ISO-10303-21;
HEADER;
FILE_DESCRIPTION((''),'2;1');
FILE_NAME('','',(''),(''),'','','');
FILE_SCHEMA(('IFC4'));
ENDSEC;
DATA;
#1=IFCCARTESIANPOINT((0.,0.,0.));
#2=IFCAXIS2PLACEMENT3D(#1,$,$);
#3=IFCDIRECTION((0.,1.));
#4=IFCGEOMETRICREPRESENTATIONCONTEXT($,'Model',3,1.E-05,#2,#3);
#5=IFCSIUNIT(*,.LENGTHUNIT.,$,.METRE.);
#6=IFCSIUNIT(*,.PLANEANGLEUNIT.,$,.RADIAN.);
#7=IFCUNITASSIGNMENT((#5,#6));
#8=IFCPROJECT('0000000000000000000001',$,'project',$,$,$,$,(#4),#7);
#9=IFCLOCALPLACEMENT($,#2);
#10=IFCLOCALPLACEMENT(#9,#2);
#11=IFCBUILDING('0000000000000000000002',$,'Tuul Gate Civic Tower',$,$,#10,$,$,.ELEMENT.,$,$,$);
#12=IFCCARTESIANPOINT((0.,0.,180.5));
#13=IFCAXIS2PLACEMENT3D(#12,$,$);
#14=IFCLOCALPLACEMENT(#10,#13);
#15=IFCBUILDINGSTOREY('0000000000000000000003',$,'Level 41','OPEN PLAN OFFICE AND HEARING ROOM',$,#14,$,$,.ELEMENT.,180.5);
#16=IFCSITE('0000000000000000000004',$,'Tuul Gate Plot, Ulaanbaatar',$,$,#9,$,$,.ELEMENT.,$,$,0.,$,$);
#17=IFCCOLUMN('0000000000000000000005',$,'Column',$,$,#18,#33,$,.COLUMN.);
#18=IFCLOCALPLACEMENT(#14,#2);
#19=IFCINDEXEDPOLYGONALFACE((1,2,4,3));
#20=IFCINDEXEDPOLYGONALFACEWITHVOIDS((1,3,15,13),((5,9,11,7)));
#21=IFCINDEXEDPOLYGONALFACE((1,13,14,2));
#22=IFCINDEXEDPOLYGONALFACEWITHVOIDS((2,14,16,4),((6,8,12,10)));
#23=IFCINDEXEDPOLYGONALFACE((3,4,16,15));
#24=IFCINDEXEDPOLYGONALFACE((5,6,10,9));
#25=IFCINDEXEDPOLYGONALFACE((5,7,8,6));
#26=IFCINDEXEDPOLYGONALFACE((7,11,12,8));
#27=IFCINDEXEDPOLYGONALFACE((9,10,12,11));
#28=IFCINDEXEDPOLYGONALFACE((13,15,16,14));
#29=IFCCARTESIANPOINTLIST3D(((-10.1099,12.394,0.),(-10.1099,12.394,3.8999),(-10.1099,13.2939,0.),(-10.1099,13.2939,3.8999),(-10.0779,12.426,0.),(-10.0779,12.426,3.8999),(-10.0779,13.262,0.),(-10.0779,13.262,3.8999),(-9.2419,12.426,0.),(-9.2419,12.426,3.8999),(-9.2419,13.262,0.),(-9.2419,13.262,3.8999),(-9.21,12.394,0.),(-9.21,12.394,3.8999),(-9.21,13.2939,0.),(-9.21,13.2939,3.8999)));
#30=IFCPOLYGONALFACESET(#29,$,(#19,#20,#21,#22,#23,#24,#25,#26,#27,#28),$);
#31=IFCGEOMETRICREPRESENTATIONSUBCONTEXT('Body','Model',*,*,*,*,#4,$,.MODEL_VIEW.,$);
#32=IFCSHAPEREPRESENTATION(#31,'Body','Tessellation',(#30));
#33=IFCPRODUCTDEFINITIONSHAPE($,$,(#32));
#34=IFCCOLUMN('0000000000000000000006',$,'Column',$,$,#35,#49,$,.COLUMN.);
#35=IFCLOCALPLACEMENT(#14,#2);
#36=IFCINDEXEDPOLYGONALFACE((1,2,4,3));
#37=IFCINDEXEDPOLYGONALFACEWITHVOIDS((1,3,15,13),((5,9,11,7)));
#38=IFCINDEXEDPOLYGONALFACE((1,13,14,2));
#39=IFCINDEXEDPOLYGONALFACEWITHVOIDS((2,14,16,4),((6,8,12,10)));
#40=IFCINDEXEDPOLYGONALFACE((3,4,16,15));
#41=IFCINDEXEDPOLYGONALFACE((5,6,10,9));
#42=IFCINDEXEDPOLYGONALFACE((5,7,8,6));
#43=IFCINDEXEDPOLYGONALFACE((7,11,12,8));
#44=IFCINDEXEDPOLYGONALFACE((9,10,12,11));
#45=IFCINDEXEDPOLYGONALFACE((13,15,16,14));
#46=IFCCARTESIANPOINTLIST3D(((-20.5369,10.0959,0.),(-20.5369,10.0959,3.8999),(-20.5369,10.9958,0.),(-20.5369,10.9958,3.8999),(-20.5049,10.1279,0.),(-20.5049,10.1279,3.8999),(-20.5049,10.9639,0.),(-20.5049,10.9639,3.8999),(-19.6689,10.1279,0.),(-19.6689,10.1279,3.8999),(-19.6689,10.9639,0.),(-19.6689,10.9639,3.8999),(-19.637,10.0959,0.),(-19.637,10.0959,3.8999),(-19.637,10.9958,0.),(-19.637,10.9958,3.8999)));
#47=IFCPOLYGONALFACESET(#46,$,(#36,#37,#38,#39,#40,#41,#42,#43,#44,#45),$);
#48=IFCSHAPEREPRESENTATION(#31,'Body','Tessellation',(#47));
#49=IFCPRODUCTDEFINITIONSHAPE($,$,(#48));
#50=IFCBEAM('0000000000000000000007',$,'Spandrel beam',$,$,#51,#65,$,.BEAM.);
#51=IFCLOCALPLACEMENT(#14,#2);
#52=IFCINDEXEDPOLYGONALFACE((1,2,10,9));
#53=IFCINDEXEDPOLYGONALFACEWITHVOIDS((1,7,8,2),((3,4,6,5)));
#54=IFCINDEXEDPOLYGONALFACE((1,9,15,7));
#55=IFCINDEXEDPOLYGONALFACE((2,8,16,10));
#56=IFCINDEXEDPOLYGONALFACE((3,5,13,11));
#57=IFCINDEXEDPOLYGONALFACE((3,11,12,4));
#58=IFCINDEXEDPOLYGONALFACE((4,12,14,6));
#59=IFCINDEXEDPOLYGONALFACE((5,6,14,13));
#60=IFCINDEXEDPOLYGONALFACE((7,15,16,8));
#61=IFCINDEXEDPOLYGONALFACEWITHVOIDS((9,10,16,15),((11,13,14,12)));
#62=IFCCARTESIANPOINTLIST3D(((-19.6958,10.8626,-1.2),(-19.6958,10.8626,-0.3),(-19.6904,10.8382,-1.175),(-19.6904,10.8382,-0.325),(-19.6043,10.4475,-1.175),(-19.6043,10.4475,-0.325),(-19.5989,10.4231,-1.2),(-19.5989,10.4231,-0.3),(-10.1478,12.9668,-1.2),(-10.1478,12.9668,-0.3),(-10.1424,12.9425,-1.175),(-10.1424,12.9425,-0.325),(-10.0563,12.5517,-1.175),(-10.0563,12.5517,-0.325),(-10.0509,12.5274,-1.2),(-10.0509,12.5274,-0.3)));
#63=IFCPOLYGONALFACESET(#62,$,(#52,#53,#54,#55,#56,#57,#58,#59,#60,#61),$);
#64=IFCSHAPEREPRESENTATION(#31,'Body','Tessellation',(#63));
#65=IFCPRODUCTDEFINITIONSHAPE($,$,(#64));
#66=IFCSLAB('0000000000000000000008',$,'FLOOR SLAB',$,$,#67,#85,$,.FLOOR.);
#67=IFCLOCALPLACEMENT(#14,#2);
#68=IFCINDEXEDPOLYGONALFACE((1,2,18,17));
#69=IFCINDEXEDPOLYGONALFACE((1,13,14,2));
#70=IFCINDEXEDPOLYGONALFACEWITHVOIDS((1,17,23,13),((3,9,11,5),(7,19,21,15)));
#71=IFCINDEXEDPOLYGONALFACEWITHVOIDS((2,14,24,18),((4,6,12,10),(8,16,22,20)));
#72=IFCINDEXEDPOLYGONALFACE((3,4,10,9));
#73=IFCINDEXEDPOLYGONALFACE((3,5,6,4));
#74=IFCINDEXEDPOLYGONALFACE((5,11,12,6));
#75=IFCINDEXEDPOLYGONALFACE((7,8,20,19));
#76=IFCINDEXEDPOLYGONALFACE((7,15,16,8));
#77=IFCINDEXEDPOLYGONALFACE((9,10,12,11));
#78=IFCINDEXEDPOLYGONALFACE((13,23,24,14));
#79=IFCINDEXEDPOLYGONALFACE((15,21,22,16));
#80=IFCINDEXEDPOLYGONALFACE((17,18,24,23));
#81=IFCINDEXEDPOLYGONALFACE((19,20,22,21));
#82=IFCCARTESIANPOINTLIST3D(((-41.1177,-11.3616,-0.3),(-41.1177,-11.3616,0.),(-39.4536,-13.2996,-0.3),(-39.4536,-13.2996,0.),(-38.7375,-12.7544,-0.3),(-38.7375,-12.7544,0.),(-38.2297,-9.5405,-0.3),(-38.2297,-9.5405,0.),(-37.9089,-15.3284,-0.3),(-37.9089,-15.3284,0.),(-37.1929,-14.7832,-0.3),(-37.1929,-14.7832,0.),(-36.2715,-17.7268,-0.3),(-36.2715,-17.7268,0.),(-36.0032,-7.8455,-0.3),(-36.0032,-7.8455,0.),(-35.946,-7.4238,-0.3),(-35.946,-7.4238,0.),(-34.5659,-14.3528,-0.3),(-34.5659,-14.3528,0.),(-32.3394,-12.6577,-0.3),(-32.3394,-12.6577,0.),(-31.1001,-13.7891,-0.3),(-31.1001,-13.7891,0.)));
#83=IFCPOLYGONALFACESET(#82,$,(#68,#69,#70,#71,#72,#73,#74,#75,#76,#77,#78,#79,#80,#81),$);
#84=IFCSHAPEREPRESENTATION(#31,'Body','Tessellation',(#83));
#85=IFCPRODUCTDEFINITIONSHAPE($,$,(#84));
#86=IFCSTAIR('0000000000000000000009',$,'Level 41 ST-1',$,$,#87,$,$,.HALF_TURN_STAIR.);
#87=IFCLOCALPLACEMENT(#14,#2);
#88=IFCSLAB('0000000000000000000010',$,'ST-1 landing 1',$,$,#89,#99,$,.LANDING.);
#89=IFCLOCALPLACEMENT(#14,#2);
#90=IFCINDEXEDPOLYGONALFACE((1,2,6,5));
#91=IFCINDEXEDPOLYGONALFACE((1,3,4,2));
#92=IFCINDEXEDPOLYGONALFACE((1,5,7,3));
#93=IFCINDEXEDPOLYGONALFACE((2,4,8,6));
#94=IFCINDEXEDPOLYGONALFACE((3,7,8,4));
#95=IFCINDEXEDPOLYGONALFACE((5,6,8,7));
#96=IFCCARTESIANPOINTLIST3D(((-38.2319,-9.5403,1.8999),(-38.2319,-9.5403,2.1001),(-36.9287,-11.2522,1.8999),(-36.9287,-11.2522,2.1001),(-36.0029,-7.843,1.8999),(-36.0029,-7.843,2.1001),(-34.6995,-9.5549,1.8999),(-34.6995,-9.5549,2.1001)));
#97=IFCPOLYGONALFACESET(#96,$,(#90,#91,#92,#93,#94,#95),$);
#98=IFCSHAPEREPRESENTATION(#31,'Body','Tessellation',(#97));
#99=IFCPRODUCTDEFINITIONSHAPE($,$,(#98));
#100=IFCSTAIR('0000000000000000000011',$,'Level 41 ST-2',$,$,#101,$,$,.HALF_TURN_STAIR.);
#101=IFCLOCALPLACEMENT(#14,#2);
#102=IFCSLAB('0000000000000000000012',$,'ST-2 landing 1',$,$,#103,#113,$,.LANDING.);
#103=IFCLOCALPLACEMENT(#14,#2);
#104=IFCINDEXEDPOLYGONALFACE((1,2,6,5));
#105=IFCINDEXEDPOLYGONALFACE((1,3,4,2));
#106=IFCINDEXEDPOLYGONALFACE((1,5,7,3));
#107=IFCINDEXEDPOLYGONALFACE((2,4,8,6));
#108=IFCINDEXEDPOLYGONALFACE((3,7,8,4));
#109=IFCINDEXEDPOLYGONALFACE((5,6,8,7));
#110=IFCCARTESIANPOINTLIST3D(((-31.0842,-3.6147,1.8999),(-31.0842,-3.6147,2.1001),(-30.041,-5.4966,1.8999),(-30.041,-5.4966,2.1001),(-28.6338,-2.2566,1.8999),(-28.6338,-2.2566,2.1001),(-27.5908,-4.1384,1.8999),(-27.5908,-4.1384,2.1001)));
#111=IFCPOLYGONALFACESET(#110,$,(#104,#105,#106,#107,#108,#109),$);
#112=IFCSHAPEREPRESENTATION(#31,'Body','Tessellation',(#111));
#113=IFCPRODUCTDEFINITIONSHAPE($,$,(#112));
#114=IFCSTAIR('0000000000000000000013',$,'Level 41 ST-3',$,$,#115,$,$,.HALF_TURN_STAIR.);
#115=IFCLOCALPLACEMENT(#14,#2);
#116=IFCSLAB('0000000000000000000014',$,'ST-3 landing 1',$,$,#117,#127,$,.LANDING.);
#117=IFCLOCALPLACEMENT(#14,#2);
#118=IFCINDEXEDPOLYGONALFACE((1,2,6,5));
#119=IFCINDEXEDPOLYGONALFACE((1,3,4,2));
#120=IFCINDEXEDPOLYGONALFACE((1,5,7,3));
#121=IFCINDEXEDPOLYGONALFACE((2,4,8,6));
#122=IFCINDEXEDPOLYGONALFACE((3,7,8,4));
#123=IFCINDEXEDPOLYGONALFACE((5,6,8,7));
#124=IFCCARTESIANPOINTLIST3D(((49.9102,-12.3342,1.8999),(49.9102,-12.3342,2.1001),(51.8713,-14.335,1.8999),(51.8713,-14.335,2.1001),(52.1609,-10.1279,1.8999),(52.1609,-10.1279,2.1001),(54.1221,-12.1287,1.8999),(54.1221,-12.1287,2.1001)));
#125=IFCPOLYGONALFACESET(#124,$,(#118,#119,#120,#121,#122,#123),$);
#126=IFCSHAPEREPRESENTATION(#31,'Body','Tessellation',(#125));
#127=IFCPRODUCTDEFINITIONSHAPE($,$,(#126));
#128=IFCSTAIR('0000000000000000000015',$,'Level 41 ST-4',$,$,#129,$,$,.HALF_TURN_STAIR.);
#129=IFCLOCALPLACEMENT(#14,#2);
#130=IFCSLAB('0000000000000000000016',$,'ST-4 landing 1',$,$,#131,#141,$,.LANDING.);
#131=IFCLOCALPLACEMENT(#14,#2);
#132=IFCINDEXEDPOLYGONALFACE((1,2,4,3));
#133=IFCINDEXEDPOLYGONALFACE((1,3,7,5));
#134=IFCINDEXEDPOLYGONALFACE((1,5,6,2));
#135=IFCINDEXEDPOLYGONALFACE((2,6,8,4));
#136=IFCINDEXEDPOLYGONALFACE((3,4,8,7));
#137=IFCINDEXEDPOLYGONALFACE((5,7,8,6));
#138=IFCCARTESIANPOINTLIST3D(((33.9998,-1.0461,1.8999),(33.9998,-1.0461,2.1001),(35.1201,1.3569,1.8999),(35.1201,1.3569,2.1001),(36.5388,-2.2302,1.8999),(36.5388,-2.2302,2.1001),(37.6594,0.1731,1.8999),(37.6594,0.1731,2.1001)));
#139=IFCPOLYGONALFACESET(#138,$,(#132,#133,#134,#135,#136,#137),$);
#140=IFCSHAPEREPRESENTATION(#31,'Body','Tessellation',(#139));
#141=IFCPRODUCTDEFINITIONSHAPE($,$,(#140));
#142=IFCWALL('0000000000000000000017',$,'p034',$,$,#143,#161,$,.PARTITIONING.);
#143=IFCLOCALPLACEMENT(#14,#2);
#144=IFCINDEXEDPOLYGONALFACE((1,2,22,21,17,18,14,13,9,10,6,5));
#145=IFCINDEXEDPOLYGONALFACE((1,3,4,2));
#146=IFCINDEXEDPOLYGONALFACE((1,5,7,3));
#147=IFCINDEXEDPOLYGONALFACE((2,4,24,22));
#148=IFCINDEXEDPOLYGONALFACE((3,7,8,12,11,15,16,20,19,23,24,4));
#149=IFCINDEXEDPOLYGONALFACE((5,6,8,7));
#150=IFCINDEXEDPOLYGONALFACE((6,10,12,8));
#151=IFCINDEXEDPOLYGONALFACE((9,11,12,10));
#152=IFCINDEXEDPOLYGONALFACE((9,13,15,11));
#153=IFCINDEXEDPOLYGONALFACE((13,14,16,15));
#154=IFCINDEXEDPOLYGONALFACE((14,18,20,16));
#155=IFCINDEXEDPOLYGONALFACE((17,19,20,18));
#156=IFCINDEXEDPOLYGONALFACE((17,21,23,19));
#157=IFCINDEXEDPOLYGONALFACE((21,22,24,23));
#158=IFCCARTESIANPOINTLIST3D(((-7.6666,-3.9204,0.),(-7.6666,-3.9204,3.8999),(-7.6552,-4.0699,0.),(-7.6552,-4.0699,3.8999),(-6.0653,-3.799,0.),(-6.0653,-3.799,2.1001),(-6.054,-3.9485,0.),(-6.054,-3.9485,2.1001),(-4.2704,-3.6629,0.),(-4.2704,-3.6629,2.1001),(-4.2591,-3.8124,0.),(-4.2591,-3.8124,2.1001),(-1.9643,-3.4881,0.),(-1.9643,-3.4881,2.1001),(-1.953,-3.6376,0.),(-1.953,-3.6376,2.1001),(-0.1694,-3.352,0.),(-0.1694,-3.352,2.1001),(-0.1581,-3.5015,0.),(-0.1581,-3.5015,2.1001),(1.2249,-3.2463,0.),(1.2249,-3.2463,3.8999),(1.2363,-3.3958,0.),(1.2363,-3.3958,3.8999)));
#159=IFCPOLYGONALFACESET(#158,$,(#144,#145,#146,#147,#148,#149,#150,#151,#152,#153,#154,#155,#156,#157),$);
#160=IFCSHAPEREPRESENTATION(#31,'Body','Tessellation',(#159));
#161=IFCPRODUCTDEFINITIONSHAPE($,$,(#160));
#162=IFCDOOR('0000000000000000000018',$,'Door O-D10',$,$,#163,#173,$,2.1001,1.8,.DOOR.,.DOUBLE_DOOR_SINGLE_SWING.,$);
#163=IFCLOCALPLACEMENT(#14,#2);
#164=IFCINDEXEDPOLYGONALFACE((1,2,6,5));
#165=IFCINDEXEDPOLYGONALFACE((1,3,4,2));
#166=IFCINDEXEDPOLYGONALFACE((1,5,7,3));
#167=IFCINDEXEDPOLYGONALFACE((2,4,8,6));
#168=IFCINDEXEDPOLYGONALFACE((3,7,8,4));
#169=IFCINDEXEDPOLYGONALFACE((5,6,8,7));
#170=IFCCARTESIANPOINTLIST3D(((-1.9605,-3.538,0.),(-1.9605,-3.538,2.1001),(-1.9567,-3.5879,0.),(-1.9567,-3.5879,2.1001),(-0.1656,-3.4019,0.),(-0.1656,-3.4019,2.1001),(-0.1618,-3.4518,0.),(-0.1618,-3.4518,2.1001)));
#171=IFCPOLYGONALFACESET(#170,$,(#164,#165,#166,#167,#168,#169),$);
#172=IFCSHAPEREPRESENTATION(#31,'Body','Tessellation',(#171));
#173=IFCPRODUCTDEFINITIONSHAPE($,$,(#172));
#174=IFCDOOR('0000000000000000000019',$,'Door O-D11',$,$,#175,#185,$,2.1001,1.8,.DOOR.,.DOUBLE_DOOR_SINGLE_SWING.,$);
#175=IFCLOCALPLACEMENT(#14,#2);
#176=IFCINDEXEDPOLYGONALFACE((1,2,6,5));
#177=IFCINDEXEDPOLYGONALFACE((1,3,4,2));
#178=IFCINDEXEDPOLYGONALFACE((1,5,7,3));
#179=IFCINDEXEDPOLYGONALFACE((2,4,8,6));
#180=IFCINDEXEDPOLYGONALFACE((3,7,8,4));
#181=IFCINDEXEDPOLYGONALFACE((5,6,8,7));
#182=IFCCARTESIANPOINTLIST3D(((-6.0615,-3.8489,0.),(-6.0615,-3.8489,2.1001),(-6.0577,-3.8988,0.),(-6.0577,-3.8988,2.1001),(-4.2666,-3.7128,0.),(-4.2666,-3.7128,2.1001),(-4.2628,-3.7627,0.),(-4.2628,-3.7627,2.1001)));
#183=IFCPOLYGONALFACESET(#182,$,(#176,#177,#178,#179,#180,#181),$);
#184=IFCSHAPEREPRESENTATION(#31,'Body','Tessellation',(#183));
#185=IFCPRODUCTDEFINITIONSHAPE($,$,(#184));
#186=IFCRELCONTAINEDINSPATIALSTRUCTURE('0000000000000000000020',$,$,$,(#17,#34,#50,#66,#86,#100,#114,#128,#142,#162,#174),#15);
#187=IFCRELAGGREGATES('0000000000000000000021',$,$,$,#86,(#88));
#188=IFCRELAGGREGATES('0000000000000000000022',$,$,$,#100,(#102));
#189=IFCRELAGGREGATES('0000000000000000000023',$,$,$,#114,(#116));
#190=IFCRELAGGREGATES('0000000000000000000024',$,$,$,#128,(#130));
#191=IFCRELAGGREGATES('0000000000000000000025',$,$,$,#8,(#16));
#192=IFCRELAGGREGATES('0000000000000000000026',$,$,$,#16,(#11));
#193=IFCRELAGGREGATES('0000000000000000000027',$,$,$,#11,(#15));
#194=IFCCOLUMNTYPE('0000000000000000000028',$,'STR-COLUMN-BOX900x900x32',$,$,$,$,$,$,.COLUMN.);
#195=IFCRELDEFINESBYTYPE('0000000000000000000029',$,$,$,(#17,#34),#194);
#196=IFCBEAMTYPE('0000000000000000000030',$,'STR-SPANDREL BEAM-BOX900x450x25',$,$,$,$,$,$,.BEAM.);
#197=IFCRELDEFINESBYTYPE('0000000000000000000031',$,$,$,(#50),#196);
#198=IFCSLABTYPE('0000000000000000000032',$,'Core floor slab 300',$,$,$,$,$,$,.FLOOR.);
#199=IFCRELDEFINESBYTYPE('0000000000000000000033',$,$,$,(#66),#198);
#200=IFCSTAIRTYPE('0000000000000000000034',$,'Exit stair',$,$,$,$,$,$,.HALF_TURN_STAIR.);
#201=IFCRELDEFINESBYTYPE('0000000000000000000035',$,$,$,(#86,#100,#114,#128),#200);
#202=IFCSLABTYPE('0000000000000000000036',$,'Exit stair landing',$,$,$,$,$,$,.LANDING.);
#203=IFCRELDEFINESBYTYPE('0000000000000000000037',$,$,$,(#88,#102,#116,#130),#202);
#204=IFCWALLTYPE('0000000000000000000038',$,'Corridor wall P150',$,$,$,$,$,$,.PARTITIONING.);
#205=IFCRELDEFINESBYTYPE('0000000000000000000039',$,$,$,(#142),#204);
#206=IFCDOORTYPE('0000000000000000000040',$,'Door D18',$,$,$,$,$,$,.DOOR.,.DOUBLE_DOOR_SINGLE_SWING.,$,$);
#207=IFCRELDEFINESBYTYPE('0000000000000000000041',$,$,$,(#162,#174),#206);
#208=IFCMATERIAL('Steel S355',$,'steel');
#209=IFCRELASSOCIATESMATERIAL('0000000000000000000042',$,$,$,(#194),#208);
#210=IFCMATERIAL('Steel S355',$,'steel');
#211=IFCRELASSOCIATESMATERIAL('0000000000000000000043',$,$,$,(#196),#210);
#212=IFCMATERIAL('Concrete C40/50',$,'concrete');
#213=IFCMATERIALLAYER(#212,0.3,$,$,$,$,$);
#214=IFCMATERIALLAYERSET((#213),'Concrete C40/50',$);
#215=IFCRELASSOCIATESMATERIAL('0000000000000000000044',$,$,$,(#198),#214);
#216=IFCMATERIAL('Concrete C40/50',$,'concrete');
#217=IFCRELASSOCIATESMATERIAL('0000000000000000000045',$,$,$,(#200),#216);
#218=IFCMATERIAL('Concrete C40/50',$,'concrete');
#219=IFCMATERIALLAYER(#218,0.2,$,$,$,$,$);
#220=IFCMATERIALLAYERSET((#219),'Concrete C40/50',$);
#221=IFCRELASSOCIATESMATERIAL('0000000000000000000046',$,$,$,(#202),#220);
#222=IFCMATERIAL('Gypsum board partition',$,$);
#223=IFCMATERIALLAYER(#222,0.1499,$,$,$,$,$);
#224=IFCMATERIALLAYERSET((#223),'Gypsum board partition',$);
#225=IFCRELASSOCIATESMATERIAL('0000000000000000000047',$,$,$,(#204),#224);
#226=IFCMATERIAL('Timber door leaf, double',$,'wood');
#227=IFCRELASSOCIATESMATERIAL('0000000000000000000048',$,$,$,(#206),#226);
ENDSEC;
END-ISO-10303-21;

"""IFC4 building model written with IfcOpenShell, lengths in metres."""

from ifc_helpers import new_model, si_unit, direction, frame, frame_2d, origin, origin_2d, place, context, subcontext, project, spatial, polyline, rectangle, hollow_rectangle, outline, extrude, material, layer, layer_set, material_profile, profile_set, type_object, element, fill, aggregate, save


model = new_model("IFC4")

# Units and contexts
model_context = context("Model", 3, precision=1e-05, world=origin(), true_north=direction((0.0, 1.0)))
body_context = subcontext(model_context, "Body", "Model", "MODEL_VIEW")
ifc_project = project(units=[si_unit("LENGTHUNIT", "METRE"), si_unit("PLANEANGLEUNIT", "RADIAN")], contexts=[model_context])

# Site, building, storey
site_placement = place(None, origin())
site = spatial("IfcSite", under=ifc_project, at=site_placement, Name="Tuul Gate Plot, Ulaanbaatar", CompositionType="ELEMENT", RefElevation=0.0)
building_placement = place(site_placement, origin())
building = spatial("IfcBuilding", under=site, at=building_placement, Name="Tuul Gate Civic Tower", CompositionType="ELEMENT")
storey_placement = place(building_placement, frame((0.0, 0.0, 180.5)))
storey = spatial("IfcBuildingStorey", under=building, at=storey_placement, Name="Level 41", Description="OPEN PLAN OFFICE AND HEARING ROOM", CompositionType="ELEMENT", Elevation=180.5)

# Columns
ifc_material_1 = material(Name="Steel S355", Category="steel")
ifc_material_profile_1 = material_profile(ifc_material_1, hollow_rectangle(XDim=0.8999, YDim=0.8999, WallThickness=0.032, at=origin_2d()), Name="BOX900x900x32")
ifc_profile_set_1 = profile_set([ifc_material_profile_1], Name="Steel S355")
column_type = type_object("IfcColumnType", Name="STR-COLUMN-BOX900x900x32", PredefinedType="COLUMN", material=ifc_profile_set_1)
for number, where, z_axis, x_axis, name in (
    (1, (-9.6599, 12.844, 0.0), (0.0, 0.0, 1.0), (1.0, 0.0, 0.0), "Column"),
    (2, (-20.0869, 10.5459, 0.0), (0.0, 0.0, 1.0), (1.0, 0.0, 0.0), "Column"),
):
    element("IfcColumn", number, at=place(storey_placement, frame(where, z_axis=z_axis, x_axis=x_axis)), inside=storey, type_object=column_type, Name=name, PredefinedType="COLUMN", context=body_context, shape_type="SweptSolid", body=[
        extrude(hollow_rectangle(XDim=0.8999, YDim=0.8999, WallThickness=0.032, at=origin_2d()), origin(), (0.0, 0.0, 1.0), 3.8999),
    ])

# Beam
ifc_material_2 = material(Name="Steel S355", Category="steel")
ifc_material_profile_2 = material_profile(ifc_material_2, hollow_rectangle(XDim=0.45, YDim=0.8999, WallThickness=0.0249, at=origin_2d()), Name="BOX900x450x25")
ifc_profile_set_2 = profile_set([ifc_material_profile_2], Name="Steel S355")
beam_type = type_object("IfcBeamType", Name="STR-SPANDREL BEAM-BOX900x450x25", PredefinedType="BEAM", material=ifc_profile_set_2)
beam_placement = place(storey_placement, frame((-10.0994, 12.7471, -0.75), z_axis=(-0.976566, -0.21522, 0.0), x_axis=(0.21522, -0.976566, 0.0)))
element("IfcBeam", 3, at=beam_placement, inside=storey, type_object=beam_type, Name="Spandrel beam", PredefinedType="BEAM", context=body_context, shape_type="SweptSolid", body=[
    extrude(hollow_rectangle(XDim=0.45, YDim=0.8999, WallThickness=0.0249, at=origin_2d()), origin(), (0.0, 0.0, 1.0), 9.7771),
])

# Slab
ifc_material_3 = material(Name="Concrete C40/50", Category="concrete")
ifc_layer_1 = layer(ifc_material_3, 0.3)
ifc_layer_set_1 = layer_set([ifc_layer_1], Name="Concrete C40/50")
slab_type_1 = type_object("IfcSlabType", Name="Core floor slab 300", PredefinedType="FLOOR", material=ifc_layer_set_1)
slab_1_placement = place(storey_placement, frame((0.0, 0.0, -0.3)))
element("IfcSlab", 4, at=slab_1_placement, inside=storey, type_object=slab_type_1, Name="FLOOR SLAB", PredefinedType="FLOOR", context=body_context, shape_type="SweptSolid", body=[
    extrude(outline(polyline([(-31.1001, -13.7891), (-35.946, -7.4238), (-41.1177, -11.3616), (-36.2715, -17.7268), (-31.1001, -13.7891)]), holes=[polyline([(-37.1929, -14.7832), (-38.7375, -12.7544), (-39.4536, -13.2996), (-37.9089, -15.3284), (-37.1929, -14.7832)]), polyline([(-32.3394, -12.6577), (-34.5659, -14.3528), (-38.2297, -9.5405), (-36.0032, -7.8455), (-32.3394, -12.6577)])]), origin(), (0.0, 0.0, 1.0), 0.3),
])

# Stairs, slabs
ifc_material_4 = material(Name="Concrete C40/50", Category="concrete")
stair_type = type_object("IfcStairType", Name="Exit stair", PredefinedType="HALF_TURN_STAIR", material=ifc_material_4)
stair_1_placement = place(storey_placement, origin())
stair_1 = element("IfcStair", 5, at=stair_1_placement, inside=storey, type_object=stair_type, Name="Level 41 ST-1", PredefinedType="HALF_TURN_STAIR")
ifc_material_5 = material(Name="Concrete C40/50", Category="concrete")
ifc_layer_2 = layer(ifc_material_5, 0.2)
ifc_layer_set_2 = layer_set([ifc_layer_2], Name="Concrete C40/50")
slab_type_2 = type_object("IfcSlabType", Name="Exit stair landing", PredefinedType="LANDING", material=ifc_layer_set_2)
slab_2_placement = place(storey_placement, frame((0.0, 0.0, 1.8999)))
slab_2 = element("IfcSlab", 6, at=slab_2_placement, type_object=slab_type_2, Name="ST-1 landing 1", PredefinedType="LANDING", context=body_context, shape_type="SweptSolid", body=[
    extrude(outline(polyline([(-34.6995, -9.5549), (-36.9287, -11.2522), (-38.2319, -9.5403), (-36.0029, -7.843), (-34.6995, -9.5549)])), origin(), (0.0, 0.0, 1.0), 0.2002),
])
aggregate(stair_1, [slab_2])
stair_2_placement = place(storey_placement, origin())
stair_2 = element("IfcStair", 7, at=stair_2_placement, inside=storey, type_object=stair_type, Name="Level 41 ST-2", PredefinedType="HALF_TURN_STAIR")
slab_3_placement = place(storey_placement, frame((0.0, 0.0, 1.8999)))
slab_3 = element("IfcSlab", 8, at=slab_3_placement, type_object=slab_type_2, Name="ST-2 landing 1", PredefinedType="LANDING", context=body_context, shape_type="SweptSolid", body=[
    extrude(outline(polyline([(-27.5908, -4.1384), (-30.041, -5.4966), (-31.0842, -3.6147), (-28.6338, -2.2566), (-27.5908, -4.1384)])), origin(), (0.0, 0.0, 1.0), 0.2002),
])
aggregate(stair_2, [slab_3])
stair_3_placement = place(storey_placement, origin())
stair_3 = element("IfcStair", 9, at=stair_3_placement, inside=storey, type_object=stair_type, Name="Level 41 ST-3", PredefinedType="HALF_TURN_STAIR")
slab_4_placement = place(storey_placement, frame((0.0, 0.0, 1.8999)))
slab_4 = element("IfcSlab", 10, at=slab_4_placement, type_object=slab_type_2, Name="ST-3 landing 1", PredefinedType="LANDING", context=body_context, shape_type="SweptSolid", body=[
    extrude(outline(polyline([(51.8713, -14.335), (49.9102, -12.3342), (52.1609, -10.1279), (54.1221, -12.1287), (51.8713, -14.335)])), origin(), (0.0, 0.0, 1.0), 0.2002),
])
aggregate(stair_3, [slab_4])
stair_4_placement = place(storey_placement, origin())
stair_4 = element("IfcStair", 11, at=stair_4_placement, inside=storey, type_object=stair_type, Name="Level 41 ST-4", PredefinedType="HALF_TURN_STAIR")
slab_5_placement = place(storey_placement, frame((0.0, 0.0, 1.8999)))
slab_5 = element("IfcSlab", 12, at=slab_5_placement, type_object=slab_type_2, Name="ST-4 landing 1", PredefinedType="LANDING", context=body_context, shape_type="SweptSolid", body=[
    extrude(outline(polyline([(36.5388, -2.2302), (33.9998, -1.0461), (35.1201, 1.3569), (37.6594, 0.1731), (36.5388, -2.2302)])), origin(), (0.0, 0.0, 1.0), 0.2002),
])
aggregate(stair_4, [slab_5])

# Wall, openings, doors
ifc_material_6 = material(Name="Gypsum board partition")
ifc_layer_3 = layer(ifc_material_6, 0.1499)
ifc_layer_set_3 = layer_set([ifc_layer_3], Name="Gypsum board partition")
wall_type_1 = type_object("IfcWallType", Name="Corridor wall P150", PredefinedType="PARTITIONING", material=ifc_layer_set_3)
wall_1_placement = place(storey_placement, frame((-7.6609, -3.9951, 0.0), z_axis=(0.0, 0.0, 1.0), x_axis=(0.997139, 0.075595, 0.0)))
wall_1 = element("IfcWall", 13, at=wall_1_placement, inside=storey, type_object=wall_type_1, Name="p034", PredefinedType="PARTITIONING", context=body_context, shape_type="SweptSolid", body=[
    extrude(rectangle(XDim=8.917, YDim=0.1499, at=frame_2d((4.4585, 0.0))), origin(), (0.0, 0.0, 1.0), 3.8999),
])
opening_1_placement = place(wall_1_placement, frame((5.7188, 0.0, 0.0)))
opening_1 = element("IfcOpeningElement", 14, at=opening_1_placement, cuts=wall_1, PredefinedType="OPENING", context=body_context, shape_type="SweptSolid", body=[
    extrude(rectangle(XDim=1.8, YDim=2.1001, at=frame_2d((0.8999, 1.05))), frame((0.0, 0.085, 0.0), z_axis=(0.0, -1.0, 0.0), x_axis=(1.0, 0.0, 0.0)), (0.0, 0.0, 1.0), 0.1699),
])
opening_2_placement = place(wall_1_placement, frame((1.606, 0.0, 0.0)))
opening_2 = element("IfcOpeningElement", 15, at=opening_2_placement, cuts=wall_1, PredefinedType="OPENING", context=body_context, shape_type="SweptSolid", body=[
    extrude(rectangle(XDim=1.8, YDim=2.1001, at=frame_2d((0.8999, 1.05))), frame((0.0, 0.085, 0.0), z_axis=(0.0, -1.0, 0.0), x_axis=(1.0, 0.0, 0.0)), (0.0, 0.0, 1.0), 0.1699),
])
ifc_material_7 = material(Name="Timber door leaf, double", Category="wood")
door_type_1 = type_object("IfcDoorType", Name="Door D18", OperationType="DOUBLE_DOOR_SINGLE_SWING", PredefinedType="DOOR", material=ifc_material_7)
door_1_placement = place(opening_1_placement, origin())
door_1 = element("IfcDoor", 16, at=door_1_placement, inside=storey, type_object=door_type_1, Name="Door O-D10", OperationType="DOUBLE_DOOR_SINGLE_SWING", OverallHeight=2.1001, OverallWidth=1.8, PredefinedType="DOOR", context=body_context, shape_type="SweptSolid", body=[
    extrude(rectangle(XDim=1.8, YDim=2.1001, at=frame_2d((0.8999, 1.05))), frame((0.0, 0.0249, 0.0), z_axis=(0.0, -1.0, 0.0), x_axis=(1.0, 0.0, 0.0)), (0.0, 0.0, 1.0), 0.05),
])
fill(opening_1, door_1)
door_2_placement = place(opening_2_placement, origin())
door_2 = element("IfcDoor", 17, at=door_2_placement, inside=storey, type_object=door_type_1, Name="Door O-D11", OperationType="DOUBLE_DOOR_SINGLE_SWING", OverallHeight=2.1001, OverallWidth=1.8, PredefinedType="DOOR", context=body_context, shape_type="SweptSolid", body=[
    extrude(rectangle(XDim=1.8, YDim=2.1001, at=frame_2d((0.8999, 1.05))), frame((0.0, 0.0249, 0.0), z_axis=(0.0, -1.0, 0.0), x_axis=(1.0, 0.0, 0.0)), (0.0, 0.0, 1.0), 0.05),
])
fill(opening_2, door_2)

save(model, "model.ifc")
